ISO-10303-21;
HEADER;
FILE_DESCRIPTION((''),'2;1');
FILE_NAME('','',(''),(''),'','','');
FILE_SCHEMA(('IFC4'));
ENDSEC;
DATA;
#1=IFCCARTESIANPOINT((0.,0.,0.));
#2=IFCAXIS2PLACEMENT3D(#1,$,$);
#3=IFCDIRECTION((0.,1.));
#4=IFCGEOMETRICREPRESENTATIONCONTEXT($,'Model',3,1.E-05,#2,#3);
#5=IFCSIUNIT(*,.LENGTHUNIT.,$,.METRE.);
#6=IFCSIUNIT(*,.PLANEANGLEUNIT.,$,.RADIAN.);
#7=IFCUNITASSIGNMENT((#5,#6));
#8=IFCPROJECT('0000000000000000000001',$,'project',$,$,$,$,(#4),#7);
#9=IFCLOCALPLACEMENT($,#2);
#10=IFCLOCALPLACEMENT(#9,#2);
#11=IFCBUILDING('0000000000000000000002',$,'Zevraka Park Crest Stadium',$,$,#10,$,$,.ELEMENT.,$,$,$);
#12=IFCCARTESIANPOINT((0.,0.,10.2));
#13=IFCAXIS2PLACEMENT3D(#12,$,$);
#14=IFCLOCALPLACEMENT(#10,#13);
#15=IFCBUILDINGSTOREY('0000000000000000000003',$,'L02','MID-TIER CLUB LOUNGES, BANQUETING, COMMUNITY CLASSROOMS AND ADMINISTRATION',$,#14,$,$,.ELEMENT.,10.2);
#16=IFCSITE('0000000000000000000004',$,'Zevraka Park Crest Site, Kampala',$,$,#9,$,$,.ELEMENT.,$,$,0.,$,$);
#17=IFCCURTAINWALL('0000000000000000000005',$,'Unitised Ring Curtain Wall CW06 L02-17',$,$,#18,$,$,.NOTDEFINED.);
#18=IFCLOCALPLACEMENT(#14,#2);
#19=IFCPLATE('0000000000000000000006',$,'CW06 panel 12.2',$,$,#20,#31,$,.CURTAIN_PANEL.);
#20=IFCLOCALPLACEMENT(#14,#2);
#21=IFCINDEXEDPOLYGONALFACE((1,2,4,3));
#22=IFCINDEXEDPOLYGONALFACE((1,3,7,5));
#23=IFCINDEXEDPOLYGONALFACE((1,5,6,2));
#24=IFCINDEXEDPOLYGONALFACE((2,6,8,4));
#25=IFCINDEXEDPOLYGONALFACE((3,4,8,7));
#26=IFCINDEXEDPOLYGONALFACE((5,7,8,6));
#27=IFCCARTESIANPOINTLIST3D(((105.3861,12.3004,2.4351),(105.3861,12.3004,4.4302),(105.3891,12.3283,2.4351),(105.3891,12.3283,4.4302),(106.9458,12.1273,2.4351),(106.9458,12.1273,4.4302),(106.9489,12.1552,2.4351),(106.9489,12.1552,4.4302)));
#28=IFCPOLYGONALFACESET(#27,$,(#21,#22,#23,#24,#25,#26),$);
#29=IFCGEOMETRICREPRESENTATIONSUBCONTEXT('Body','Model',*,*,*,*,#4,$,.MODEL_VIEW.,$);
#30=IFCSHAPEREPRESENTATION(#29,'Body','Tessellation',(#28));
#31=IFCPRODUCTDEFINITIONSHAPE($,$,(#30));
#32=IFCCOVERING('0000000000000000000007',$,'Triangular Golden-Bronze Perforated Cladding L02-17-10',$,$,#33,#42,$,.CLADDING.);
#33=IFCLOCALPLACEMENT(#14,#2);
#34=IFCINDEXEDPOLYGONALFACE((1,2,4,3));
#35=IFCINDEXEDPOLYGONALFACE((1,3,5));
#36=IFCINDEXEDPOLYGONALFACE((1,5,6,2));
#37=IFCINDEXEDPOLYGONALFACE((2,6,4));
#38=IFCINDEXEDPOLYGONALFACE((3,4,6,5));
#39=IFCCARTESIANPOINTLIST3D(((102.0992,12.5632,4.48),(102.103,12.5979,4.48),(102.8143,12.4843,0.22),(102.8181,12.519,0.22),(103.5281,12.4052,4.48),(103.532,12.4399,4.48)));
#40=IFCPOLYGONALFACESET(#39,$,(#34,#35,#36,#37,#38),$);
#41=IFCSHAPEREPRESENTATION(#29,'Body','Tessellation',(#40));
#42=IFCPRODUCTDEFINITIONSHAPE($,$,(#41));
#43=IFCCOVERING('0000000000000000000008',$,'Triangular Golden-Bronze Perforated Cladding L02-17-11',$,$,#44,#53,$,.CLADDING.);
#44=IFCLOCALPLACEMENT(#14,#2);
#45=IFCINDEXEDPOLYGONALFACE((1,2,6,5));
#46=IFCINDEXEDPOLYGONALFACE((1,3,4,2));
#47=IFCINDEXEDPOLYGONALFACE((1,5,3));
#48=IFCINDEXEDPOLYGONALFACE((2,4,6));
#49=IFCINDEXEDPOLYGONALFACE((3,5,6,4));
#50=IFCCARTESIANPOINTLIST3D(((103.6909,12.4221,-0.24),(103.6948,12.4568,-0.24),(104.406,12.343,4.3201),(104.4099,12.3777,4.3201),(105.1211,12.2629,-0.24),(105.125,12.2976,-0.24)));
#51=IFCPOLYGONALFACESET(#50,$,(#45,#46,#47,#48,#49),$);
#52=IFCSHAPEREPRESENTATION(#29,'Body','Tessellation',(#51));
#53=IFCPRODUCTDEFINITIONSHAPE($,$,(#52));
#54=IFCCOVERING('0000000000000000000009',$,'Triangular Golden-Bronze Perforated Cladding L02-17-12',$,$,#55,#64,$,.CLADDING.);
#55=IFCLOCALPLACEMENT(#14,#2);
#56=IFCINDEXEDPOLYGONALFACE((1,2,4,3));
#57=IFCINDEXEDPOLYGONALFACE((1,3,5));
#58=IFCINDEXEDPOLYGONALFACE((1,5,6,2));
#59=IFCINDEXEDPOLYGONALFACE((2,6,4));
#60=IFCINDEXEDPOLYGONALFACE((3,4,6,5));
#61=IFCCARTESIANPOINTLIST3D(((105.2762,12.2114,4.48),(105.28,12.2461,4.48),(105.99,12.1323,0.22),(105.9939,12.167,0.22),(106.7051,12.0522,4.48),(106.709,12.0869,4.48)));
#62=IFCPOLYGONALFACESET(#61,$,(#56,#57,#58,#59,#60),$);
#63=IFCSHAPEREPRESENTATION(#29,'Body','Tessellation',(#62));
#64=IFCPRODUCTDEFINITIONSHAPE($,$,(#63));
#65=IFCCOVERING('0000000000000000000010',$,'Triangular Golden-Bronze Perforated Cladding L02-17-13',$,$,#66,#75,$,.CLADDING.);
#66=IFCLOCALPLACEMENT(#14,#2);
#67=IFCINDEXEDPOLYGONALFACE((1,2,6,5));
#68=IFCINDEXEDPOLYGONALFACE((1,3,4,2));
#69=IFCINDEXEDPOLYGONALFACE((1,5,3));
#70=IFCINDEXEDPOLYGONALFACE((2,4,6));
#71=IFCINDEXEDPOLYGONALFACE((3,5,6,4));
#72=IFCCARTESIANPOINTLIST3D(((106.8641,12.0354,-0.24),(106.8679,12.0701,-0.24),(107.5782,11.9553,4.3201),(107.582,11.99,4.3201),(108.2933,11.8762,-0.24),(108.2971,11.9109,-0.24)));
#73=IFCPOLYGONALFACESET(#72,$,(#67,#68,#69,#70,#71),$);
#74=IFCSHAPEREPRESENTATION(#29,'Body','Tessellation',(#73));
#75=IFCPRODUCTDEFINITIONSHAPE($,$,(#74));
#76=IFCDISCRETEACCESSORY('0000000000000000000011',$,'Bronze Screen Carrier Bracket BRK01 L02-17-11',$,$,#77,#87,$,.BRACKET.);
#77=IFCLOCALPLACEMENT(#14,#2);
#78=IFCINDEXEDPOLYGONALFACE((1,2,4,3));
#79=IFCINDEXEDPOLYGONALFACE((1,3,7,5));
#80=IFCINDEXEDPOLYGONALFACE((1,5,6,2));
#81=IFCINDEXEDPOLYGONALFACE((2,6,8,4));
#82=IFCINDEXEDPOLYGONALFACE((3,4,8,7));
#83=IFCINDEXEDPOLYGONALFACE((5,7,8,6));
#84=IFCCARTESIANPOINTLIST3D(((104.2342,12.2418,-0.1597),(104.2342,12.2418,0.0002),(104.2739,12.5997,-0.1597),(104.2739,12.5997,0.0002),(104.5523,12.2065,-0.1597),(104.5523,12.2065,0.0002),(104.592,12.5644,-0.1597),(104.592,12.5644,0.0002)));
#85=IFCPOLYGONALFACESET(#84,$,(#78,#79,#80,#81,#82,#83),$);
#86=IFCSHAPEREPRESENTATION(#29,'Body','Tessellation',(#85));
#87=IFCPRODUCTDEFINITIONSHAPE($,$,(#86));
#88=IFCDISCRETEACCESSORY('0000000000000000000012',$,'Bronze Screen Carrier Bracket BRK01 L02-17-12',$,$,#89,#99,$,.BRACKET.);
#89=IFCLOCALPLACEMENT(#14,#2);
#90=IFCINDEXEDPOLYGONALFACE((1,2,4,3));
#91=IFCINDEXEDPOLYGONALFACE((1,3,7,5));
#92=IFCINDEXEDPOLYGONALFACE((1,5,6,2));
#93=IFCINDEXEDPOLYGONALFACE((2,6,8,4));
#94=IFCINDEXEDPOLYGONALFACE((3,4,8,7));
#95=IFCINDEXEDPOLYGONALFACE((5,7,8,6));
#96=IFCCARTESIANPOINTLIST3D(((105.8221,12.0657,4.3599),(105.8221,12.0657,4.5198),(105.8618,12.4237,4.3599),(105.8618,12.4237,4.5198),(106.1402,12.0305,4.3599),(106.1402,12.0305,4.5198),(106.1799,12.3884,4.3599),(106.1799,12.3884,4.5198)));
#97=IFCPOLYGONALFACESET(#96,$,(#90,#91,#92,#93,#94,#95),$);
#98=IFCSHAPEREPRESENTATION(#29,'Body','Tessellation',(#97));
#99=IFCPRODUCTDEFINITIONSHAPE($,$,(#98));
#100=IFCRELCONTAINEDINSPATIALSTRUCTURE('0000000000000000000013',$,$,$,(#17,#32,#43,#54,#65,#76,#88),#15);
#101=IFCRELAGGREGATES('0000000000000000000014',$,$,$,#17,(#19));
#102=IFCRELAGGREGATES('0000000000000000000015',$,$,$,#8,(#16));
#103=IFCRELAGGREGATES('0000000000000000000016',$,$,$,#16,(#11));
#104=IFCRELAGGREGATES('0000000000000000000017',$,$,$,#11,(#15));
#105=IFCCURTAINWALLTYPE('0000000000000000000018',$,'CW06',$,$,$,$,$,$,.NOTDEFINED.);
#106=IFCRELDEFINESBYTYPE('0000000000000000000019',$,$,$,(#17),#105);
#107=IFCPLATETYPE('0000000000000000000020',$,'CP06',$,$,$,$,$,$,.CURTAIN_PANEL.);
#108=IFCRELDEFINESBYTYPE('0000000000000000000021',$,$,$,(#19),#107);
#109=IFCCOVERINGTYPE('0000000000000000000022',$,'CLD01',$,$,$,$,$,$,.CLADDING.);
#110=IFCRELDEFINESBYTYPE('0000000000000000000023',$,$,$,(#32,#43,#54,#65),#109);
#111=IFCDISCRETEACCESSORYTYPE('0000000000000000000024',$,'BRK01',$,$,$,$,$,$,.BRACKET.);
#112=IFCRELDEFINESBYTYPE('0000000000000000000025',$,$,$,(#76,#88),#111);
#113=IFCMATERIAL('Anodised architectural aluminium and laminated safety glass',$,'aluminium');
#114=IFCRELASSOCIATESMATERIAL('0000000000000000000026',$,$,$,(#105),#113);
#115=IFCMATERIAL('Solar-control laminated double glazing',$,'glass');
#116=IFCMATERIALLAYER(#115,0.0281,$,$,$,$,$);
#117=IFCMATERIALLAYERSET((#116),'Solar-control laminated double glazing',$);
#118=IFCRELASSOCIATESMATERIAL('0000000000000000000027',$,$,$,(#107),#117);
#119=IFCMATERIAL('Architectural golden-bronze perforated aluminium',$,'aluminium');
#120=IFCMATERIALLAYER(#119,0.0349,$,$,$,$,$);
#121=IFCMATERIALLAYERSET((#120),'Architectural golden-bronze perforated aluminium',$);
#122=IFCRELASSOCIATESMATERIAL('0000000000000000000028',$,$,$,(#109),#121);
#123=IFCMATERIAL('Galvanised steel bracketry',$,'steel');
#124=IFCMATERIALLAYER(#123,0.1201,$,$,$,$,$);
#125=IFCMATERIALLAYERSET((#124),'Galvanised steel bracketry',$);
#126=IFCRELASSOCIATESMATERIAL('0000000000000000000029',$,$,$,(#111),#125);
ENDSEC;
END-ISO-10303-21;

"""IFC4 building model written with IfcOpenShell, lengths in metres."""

from ifc_helpers import new_model, si_unit, direction, frame, origin, origin_2d, place, context, subcontext, project, spatial, polyline, rectangle, outline, extrude, material, layer, layer_set, type_object, element, aggregate, save


model = new_model("IFC4")

# Units and contexts
model_context = context("Model", 3, precision=1e-05, world=origin(), true_north=direction((0.0, 1.0)))
body_context = subcontext(model_context, "Body", "Model", "MODEL_VIEW")
ifc_project = project(units=[si_unit("LENGTHUNIT", "METRE"), si_unit("PLANEANGLEUNIT", "RADIAN")], contexts=[model_context])

# Site, building, storey
site_placement = place(None, origin())
site = spatial("IfcSite", under=ifc_project, at=site_placement, Name="Zevraka Park Crest Site, Kampala", CompositionType="ELEMENT", RefElevation=0.0)
building_placement = place(site_placement, origin())
building = spatial("IfcBuilding", under=site, at=building_placement, Name="Zevraka Park Crest Stadium", CompositionType="ELEMENT")
storey_placement = place(building_placement, frame((0.0, 0.0, 10.2)))
storey = spatial("IfcBuildingStorey", under=building, at=storey_placement, Name="L02", Description="MID-TIER CLUB LOUNGES, BANQUETING, COMMUNITY CLASSROOMS AND ADMINISTRATION", CompositionType="ELEMENT", Elevation=10.2)

# Curtain wall, plate
ifc_material_1 = material(Name="Anodised architectural aluminium and laminated safety glass", Category="aluminium")
curtain_wall_type = type_object("IfcCurtainWallType", Name="CW06", PredefinedType="NOTDEFINED", material=ifc_material_1)
curtain_wall_placement = place(storey_placement, origin())
curtain_wall = element("IfcCurtainWall", 1, at=curtain_wall_placement, inside=storey, type_object=curtain_wall_type, Name="Unitised Ring Curtain Wall CW06 L02-17", PredefinedType="NOTDEFINED")
ifc_material_2 = material(Name="Solar-control laminated double glazing", Category="glass")
ifc_layer_1 = layer(ifc_material_2, 0.0281)
ifc_layer_set_1 = layer_set([ifc_layer_1], Name="Solar-control laminated double glazing")
plate_type = type_object("IfcPlateType", Name="CP06", PredefinedType="CURTAIN_PANEL", material=ifc_layer_set_1)
plate_1_placement = place(storey_placement, frame((106.1675, 12.2278, 2.4351), z_axis=(0.0, 0.0, 1.0), x_axis=(0.993899, -0.110293, 0.0)))
plate_1 = element("IfcPlate", 2, at=plate_1_placement, type_object=plate_type, Name="CW06 panel 12.2", PredefinedType="CURTAIN_PANEL", context=body_context, shape_type="SweptSolid", body=[
    extrude(rectangle(XDim=1.5693, YDim=0.0281, at=origin_2d()), origin(), (0.0, 0.0, 1.0), 1.9951),
])
aggregate(curtain_wall, [plate_1])

# Coverings
ifc_material_3 = material(Name="Architectural golden-bronze perforated aluminium", Category="aluminium")
ifc_layer_2 = layer(ifc_material_3, 0.0349)
ifc_layer_set_2 = layer_set([ifc_layer_2], Name="Architectural golden-bronze perforated aluminium")
covering_type = type_object("IfcCoveringType", Name="CLD01", PredefinedType="CLADDING", material=ifc_layer_set_2)
covering_1_placement = place(storey_placement, frame((103.532, 12.4399, 4.48), z_axis=(0.109872, 0.993946, 0.000044), x_axis=(-0.993946, 0.109872, 0.0)))
element("IfcCovering", 3, at=covering_1_placement, inside=storey, type_object=covering_type, Name="Triangular Golden-Bronze Perforated Cladding L02-17-10", PredefinedType="CLADDING", context=body_context, shape_type="SweptSolid", body=[
    extrude(outline(polyline([(0.0, 0.0), (1.4377, 0.0), (0.7182, -4.26), (0.0, 0.0)])), origin(), (0.0, 0.0, -1.0), 0.0349),
])
covering_2_placement = place(storey_placement, frame((103.6909, 12.4221, -0.24), z_axis=(-0.110618, -0.993863, 0.000106), x_axis=(0.993863, -0.110618, 0.0)))
element("IfcCovering", 4, at=covering_2_placement, inside=storey, type_object=covering_type, Name="Triangular Golden-Bronze Perforated Cladding L02-17-11", PredefinedType="CLADDING", context=body_context, shape_type="SweptSolid", body=[
    extrude(outline(polyline([(0.0, 0.0), (1.439, 0.0), (0.7194, 4.5601), (0.0, 0.0)])), origin(), (0.0, 0.0, -1.0), 0.0349),
])
covering_3_placement = place(storey_placement, frame((106.709, 12.0869, 4.48), z_axis=(0.110711, 0.993853, 0.000098), x_axis=(-0.993853, 0.110711, 0.0)))
element("IfcCovering", 5, at=covering_3_placement, inside=storey, type_object=covering_type, Name="Triangular Golden-Bronze Perforated Cladding L02-17-12", PredefinedType="CLADDING", context=body_context, shape_type="SweptSolid", body=[
    extrude(outline(polyline([(0.0, 0.0), (1.4378, 0.0), (0.7196, -4.26), (0.0, 0.0)])), origin(), (0.0, 0.0, -1.0), 0.0349),
])
covering_4_placement = place(storey_placement, frame((106.8679, 12.0701, -0.24), z_axis=(0.110692, 0.993855, 0.000118), x_axis=(0.993855, -0.110692, 0.0)))
element("IfcCovering", 6, at=covering_4_placement, inside=storey, type_object=covering_type, Name="Triangular Golden-Bronze Perforated Cladding L02-17-13", PredefinedType="CLADDING", context=body_context, shape_type="SweptSolid", body=[
    extrude(outline(polyline([(0.0, 0.0), (1.438, 0.0), (0.7186, -4.5601), (0.0, 0.0)])), origin(), (0.0, 0.0, -1.0), 0.0349),
])

# Discrete accessories
ifc_material_4 = material(Name="Galvanised steel bracketry", Category="steel")
ifc_layer_3 = layer(ifc_material_4, 0.1201)
ifc_layer_set_3 = layer_set([ifc_layer_3], Name="Galvanised steel bracketry")
discrete_accessory_type = type_object("IfcDiscreteAccessoryType", Name="BRK01", PredefinedType="BRACKET", material=ifc_layer_set_3)
for number, where, z_axis, x_axis, name in (
    (7, (104.4131, 12.4031, -0.1597), (0.0, 0.0, 1.0), (0.993903, -0.110255, 0.0), "Bronze Screen Carrier Bracket BRK01 L02-17-11"),
    (8, (106.001, 12.2271, 4.3599), (0.0, 0.0, 1.0), (0.993903, -0.110255, 0.0), "Bronze Screen Carrier Bracket BRK01 L02-17-12"),
):
    element("IfcDiscreteAccessory", number, at=place(storey_placement, frame(where, z_axis=z_axis, x_axis=x_axis)), inside=storey, type_object=discrete_accessory_type, Name=name, PredefinedType="BRACKET", context=body_context, shape_type="SweptSolid", body=[
        extrude(rectangle(XDim=0.3201, YDim=0.3601, at=origin_2d()), origin(), (0.0, 0.0, 1.0), 0.1599),
    ])

save(model, "model.ifc")
